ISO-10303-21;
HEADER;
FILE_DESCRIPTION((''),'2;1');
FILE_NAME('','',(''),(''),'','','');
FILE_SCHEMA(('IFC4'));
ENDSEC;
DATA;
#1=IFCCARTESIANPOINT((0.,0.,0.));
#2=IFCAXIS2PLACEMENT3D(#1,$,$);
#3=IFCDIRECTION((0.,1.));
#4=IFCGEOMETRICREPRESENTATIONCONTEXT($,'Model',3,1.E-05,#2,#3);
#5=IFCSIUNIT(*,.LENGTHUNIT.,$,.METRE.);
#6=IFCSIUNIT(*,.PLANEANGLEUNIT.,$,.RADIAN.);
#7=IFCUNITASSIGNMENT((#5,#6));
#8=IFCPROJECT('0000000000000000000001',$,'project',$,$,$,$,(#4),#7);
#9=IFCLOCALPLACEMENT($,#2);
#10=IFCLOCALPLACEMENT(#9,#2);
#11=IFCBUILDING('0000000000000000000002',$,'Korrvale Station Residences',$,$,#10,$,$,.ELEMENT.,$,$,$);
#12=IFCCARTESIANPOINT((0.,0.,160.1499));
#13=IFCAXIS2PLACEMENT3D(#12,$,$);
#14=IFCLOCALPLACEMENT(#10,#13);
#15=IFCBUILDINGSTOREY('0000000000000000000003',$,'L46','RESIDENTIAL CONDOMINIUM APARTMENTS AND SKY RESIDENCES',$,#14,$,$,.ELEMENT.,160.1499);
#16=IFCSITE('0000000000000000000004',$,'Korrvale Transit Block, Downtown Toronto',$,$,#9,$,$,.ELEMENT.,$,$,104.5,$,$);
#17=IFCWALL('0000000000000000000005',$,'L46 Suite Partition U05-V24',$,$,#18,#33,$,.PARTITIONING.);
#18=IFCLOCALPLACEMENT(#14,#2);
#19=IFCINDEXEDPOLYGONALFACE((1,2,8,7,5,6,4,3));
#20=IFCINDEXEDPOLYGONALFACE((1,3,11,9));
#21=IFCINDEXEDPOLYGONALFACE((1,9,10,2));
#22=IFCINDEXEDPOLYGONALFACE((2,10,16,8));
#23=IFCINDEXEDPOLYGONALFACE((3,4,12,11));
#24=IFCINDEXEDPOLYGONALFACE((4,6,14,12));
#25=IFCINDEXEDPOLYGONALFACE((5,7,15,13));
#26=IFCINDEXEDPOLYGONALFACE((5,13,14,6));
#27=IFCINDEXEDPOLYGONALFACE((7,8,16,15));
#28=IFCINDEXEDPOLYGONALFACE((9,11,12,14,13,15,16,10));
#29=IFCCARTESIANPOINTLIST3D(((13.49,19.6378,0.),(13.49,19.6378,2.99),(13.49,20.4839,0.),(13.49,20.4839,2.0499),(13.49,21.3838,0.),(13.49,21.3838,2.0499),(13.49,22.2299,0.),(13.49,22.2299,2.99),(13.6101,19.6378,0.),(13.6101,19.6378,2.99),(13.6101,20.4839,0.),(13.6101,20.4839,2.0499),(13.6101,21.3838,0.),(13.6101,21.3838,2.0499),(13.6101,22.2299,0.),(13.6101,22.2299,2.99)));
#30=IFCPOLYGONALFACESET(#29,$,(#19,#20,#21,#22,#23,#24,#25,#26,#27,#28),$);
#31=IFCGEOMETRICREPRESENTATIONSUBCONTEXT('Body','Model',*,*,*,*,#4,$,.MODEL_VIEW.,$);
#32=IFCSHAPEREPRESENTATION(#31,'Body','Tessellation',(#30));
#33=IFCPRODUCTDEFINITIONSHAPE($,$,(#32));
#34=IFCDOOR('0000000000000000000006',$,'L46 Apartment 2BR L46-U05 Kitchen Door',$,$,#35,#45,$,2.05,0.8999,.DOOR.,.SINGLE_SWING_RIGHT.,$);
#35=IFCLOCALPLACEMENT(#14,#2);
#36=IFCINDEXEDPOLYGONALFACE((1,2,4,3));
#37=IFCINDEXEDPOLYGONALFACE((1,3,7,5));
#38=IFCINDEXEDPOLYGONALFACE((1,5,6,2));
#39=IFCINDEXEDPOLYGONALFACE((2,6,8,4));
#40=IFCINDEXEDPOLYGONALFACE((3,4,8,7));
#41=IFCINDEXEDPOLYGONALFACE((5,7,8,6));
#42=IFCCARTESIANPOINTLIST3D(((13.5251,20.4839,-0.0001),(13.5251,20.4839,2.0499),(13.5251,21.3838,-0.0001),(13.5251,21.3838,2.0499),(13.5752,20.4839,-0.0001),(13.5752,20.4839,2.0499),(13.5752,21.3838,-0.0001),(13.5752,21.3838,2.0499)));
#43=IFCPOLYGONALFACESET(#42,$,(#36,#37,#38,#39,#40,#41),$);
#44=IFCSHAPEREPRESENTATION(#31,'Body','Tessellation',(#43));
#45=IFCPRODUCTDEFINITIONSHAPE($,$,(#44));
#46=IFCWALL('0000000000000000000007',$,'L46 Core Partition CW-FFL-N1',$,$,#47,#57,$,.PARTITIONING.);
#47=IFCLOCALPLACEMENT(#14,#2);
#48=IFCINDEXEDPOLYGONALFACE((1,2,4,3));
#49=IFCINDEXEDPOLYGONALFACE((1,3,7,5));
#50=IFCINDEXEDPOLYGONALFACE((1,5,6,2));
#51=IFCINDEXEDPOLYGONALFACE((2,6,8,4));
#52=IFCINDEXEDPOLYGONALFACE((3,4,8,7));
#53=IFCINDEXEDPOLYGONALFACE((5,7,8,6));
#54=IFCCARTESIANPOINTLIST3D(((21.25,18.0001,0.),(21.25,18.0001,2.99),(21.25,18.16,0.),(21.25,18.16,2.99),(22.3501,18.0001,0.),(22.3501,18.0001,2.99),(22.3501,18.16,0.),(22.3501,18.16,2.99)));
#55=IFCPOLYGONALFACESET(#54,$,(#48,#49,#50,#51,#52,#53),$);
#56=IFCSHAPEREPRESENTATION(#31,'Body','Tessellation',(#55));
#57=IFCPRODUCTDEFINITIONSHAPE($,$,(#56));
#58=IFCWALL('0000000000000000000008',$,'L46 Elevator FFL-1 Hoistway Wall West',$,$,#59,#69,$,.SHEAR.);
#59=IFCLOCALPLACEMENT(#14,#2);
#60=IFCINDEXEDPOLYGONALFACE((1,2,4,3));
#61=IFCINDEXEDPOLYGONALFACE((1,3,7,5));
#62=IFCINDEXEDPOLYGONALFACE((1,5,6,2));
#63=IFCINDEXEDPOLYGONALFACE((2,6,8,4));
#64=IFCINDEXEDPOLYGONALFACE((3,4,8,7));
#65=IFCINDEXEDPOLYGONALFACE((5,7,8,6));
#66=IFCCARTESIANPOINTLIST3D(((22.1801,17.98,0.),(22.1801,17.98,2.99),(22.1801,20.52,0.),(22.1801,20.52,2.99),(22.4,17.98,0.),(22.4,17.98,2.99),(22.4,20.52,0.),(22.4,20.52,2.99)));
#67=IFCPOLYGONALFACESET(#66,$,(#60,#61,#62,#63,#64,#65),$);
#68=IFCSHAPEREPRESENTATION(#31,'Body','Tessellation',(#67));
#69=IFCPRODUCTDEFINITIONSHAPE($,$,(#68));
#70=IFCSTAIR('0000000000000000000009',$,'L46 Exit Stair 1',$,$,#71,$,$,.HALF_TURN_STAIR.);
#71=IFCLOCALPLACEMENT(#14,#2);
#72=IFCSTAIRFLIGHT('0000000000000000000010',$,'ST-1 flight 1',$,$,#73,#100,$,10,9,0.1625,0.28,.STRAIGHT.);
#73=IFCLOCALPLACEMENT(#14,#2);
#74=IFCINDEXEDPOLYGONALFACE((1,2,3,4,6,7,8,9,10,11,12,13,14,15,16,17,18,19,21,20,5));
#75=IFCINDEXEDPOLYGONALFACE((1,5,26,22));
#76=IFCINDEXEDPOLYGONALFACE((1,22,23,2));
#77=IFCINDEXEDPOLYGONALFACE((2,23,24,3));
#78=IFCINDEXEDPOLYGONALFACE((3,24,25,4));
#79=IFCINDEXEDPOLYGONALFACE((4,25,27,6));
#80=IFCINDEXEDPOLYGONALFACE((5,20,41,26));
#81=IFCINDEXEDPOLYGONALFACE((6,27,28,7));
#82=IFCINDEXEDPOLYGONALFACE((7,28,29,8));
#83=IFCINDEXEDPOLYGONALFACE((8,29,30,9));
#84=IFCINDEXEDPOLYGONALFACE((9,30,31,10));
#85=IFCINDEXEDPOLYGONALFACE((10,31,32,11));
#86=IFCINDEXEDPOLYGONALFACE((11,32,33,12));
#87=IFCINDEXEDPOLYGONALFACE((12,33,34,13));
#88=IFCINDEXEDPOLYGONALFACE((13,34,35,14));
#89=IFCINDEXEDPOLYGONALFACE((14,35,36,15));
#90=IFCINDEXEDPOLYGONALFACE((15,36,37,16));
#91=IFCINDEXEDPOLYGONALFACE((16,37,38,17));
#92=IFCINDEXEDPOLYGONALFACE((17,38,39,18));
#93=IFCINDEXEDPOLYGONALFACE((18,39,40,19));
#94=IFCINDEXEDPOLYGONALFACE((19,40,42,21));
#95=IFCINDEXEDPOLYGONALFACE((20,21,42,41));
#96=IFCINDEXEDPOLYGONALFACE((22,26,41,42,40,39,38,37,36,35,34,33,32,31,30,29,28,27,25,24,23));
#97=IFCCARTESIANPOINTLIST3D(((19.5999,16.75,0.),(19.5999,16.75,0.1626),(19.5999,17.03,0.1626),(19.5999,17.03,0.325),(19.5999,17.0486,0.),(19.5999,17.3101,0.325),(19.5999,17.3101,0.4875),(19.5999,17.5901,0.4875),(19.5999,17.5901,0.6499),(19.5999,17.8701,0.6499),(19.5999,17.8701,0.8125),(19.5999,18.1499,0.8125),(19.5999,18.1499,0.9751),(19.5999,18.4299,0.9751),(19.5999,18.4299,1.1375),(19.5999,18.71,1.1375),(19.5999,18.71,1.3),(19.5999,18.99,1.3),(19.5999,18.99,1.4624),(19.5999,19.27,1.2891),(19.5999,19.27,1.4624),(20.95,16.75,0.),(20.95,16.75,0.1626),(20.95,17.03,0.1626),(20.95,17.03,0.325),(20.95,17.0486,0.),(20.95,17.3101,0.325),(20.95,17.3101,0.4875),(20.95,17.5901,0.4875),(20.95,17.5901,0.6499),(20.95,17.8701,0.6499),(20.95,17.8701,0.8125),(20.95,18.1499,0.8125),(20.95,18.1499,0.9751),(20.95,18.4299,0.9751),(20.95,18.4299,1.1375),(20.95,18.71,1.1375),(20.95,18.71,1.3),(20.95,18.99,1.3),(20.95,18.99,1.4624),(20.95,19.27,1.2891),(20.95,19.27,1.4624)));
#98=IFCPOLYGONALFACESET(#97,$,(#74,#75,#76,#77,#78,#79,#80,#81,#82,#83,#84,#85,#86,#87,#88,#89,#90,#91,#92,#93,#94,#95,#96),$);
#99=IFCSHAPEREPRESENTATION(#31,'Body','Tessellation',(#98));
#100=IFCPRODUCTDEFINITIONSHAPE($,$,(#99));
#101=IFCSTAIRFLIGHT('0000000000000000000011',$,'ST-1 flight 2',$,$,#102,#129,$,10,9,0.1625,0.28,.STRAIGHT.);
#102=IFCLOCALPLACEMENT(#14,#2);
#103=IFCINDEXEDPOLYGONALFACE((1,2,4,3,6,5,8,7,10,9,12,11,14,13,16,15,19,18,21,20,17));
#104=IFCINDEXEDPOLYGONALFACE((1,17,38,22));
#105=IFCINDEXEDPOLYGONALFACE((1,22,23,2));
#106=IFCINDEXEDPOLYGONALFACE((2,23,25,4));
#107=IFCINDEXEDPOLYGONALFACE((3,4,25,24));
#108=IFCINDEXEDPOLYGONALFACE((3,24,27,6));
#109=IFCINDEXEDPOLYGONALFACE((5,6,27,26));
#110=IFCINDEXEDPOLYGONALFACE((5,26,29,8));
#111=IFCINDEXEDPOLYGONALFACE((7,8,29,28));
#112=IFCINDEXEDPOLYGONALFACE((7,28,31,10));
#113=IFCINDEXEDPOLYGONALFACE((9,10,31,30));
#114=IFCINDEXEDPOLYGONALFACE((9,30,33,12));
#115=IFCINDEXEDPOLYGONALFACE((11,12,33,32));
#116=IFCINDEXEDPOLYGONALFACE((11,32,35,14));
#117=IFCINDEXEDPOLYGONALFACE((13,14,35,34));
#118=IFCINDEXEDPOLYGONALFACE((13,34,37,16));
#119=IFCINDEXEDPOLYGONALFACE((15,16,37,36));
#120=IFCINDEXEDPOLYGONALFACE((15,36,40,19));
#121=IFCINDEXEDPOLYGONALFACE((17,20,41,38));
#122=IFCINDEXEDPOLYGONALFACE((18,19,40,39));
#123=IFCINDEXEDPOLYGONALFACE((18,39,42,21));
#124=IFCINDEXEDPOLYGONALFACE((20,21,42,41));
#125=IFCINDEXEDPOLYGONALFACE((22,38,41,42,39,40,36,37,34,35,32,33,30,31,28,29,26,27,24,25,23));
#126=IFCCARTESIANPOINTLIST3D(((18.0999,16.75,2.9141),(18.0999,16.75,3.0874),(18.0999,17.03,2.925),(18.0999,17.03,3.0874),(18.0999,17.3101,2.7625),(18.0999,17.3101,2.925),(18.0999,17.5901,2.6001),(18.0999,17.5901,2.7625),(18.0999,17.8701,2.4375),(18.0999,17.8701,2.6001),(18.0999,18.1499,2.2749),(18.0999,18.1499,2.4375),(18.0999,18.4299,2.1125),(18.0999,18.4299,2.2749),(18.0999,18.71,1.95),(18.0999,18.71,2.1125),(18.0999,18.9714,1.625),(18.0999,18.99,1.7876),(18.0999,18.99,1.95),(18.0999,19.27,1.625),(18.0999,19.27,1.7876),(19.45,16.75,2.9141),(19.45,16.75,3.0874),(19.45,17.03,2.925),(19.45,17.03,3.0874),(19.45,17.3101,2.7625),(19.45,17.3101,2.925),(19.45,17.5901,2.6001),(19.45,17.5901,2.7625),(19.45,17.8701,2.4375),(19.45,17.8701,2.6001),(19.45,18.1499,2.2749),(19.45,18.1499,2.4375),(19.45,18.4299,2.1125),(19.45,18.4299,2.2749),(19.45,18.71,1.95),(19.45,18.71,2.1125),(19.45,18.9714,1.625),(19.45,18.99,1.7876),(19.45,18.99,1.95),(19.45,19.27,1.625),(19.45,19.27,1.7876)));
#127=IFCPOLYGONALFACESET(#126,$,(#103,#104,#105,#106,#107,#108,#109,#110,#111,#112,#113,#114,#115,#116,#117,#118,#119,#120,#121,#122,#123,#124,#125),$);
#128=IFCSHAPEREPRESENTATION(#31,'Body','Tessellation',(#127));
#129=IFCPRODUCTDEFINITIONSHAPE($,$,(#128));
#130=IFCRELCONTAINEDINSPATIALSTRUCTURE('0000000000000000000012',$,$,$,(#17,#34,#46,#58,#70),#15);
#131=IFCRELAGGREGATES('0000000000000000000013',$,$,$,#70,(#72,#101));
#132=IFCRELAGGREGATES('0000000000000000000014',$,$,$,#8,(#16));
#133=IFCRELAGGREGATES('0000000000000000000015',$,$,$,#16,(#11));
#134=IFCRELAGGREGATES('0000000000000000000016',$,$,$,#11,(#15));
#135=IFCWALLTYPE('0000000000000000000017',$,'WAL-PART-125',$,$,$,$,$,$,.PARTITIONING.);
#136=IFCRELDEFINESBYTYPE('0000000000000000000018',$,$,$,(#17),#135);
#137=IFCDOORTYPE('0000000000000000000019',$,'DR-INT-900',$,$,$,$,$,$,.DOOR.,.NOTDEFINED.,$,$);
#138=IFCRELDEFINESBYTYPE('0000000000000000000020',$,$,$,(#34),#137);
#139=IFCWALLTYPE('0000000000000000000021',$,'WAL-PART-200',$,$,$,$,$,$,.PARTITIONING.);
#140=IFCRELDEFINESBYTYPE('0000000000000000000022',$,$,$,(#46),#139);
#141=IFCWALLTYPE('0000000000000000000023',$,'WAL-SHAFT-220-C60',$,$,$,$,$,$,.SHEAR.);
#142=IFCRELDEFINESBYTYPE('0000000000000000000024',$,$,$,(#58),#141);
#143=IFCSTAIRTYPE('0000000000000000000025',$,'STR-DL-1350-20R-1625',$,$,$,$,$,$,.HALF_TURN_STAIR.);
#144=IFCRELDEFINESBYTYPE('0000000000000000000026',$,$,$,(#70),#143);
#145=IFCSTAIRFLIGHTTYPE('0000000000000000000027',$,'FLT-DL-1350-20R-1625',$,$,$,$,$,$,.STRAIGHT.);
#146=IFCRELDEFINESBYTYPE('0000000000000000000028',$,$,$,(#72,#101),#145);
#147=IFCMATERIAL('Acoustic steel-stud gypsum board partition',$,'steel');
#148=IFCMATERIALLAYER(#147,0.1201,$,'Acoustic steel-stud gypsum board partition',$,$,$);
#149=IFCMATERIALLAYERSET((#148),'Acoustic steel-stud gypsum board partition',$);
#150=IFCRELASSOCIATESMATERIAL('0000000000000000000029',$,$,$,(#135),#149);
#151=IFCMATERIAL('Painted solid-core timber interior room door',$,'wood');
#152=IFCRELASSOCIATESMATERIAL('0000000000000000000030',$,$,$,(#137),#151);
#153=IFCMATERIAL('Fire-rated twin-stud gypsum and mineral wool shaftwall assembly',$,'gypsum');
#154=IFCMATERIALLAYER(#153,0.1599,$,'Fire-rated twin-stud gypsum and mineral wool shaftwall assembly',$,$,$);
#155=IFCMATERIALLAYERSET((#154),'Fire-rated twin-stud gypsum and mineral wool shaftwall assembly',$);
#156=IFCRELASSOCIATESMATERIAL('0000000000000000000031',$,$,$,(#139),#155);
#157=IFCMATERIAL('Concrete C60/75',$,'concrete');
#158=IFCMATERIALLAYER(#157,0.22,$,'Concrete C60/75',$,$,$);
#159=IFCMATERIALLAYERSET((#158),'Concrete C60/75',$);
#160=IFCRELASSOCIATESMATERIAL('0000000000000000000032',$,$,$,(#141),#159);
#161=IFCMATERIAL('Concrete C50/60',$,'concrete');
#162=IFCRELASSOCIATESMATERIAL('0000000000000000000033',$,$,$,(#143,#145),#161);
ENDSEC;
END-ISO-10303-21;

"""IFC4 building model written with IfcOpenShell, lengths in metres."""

from ifc_helpers import new_model, si_unit, direction, frame, frame_2d, origin, place, context, subcontext, project, spatial, polyline, rectangle, outline, extrude, material, layer, layer_set, type_object, element, fill, aggregate, save


model = new_model("IFC4")

# Units and contexts
model_context = context("Model", 3, precision=1e-05, world=origin(), true_north=direction((0.0, 1.0)))
body_context = subcontext(model_context, "Body", "Model", "MODEL_VIEW")
ifc_project = project(units=[si_unit("LENGTHUNIT", "METRE"), si_unit("PLANEANGLEUNIT", "RADIAN")], contexts=[model_context])

# Site, building, storey
site_placement = place(None, origin())
site = spatial("IfcSite", under=ifc_project, at=site_placement, Name="Korrvale Transit Block, Downtown Toronto", CompositionType="ELEMENT", RefElevation=104.5)
building_placement = place(site_placement, origin())
building = spatial("IfcBuilding", under=site, at=building_placement, Name="Korrvale Station Residences", CompositionType="ELEMENT")
storey_placement = place(building_placement, frame((0.0, 0.0, 160.1499)))
storey = spatial("IfcBuildingStorey", under=building, at=storey_placement, Name="L46", Description="RESIDENTIAL CONDOMINIUM APARTMENTS AND SKY RESIDENCES", CompositionType="ELEMENT", Elevation=160.1499)

# Shared definitions
ifc_material_1 = material(Name="Concrete C60/75", Category="concrete")

# Shared definitions
ifc_material_2 = material(Name="Acoustic steel-stud gypsum board partition", Category="steel")
ifc_layer_1 = layer(ifc_material_2, 0.1201, Name="Acoustic steel-stud gypsum board partition")
ifc_layer_set_1 = layer_set([ifc_layer_1], Name="Acoustic steel-stud gypsum board partition")
wall_type_1 = type_object("IfcWallType", Name="WAL-PART-125", PredefinedType="PARTITIONING", material=ifc_layer_set_1)

# Wall, opening, door
ifc_material_3 = material(Name="Painted solid-core timber interior room door", Category="wood")
door_type_1 = type_object("IfcDoorType", Name="DR-INT-900", OperationType="NOTDEFINED", PredefinedType="DOOR", material=ifc_material_3)
wall_1_placement = place(storey_placement, frame((13.55, 19.6379, 0.0), z_axis=(0.0, 0.0, 1.0), x_axis=(0.0, 1.0, 0.0)))
wall_1 = element("IfcWall", 1, at=wall_1_placement, inside=storey, type_object=wall_type_1, Name="L46 Suite Partition U05-V24", PredefinedType="PARTITIONING", context=body_context, shape_type="SweptSolid", body=[
    extrude(rectangle(XDim=2.592, YDim=0.1201, at=frame_2d((1.2959, 0.0))), origin(), (0.0, 0.0, 1.0), 2.99),
])
opening_1_placement = place(wall_1_placement, frame((0.8459, 0.0, 0.0)))
opening_1 = element("IfcOpeningElement", 2, at=opening_1_placement, cuts=wall_1, PredefinedType="OPENING", context=body_context, shape_type="SweptSolid", body=[
    extrude(rectangle(XDim=0.8999, YDim=2.05, at=frame_2d((0.45, 1.0249))), frame((0.0, 0.0701, 0.0), z_axis=(0.0, -1.0, 0.0), x_axis=(1.0, 0.0, 0.0)), (0.0, 0.0, 1.0), 0.1401),
])
door_1_placement = place(opening_1_placement, origin())
door_1 = element("IfcDoor", 3, at=door_1_placement, inside=storey, type_object=door_type_1, Name="L46 Apartment 2BR L46-U05 Kitchen Door", OperationType="SINGLE_SWING_RIGHT", OverallHeight=2.05, OverallWidth=0.8999, PredefinedType="DOOR", context=body_context, shape_type="SweptSolid", body=[
    extrude(rectangle(XDim=0.8999, YDim=2.05, at=frame_2d((0.45, 1.0249))), frame((0.0, 0.0249, 0.0), z_axis=(0.0, -1.0, 0.0), x_axis=(1.0, 0.0, 0.0)), (0.0, 0.0, 1.0), 0.05),
])
fill(opening_1, door_1)

# Wall
ifc_material_4 = material(Name="Fire-rated twin-stud gypsum and mineral wool shaftwall assembly", Category="gypsum")
ifc_layer_2 = layer(ifc_material_4, 0.1599, Name="Fire-rated twin-stud gypsum and mineral wool shaftwall assembly")
ifc_layer_set_2 = layer_set([ifc_layer_2], Name="Fire-rated twin-stud gypsum and mineral wool shaftwall assembly")
wall_type_2 = type_object("IfcWallType", Name="WAL-PART-200", PredefinedType="PARTITIONING", material=ifc_layer_set_2)
wall_2_placement = place(storey_placement, frame((21.25, 18.0801, 0.0), z_axis=(0.0, 0.0, 1.0), x_axis=(1.0, 0.0, 0.0)))
element("IfcWall", 4, at=wall_2_placement, inside=storey, type_object=wall_type_2, Name="L46 Core Partition CW-FFL-N1", PredefinedType="PARTITIONING", context=body_context, shape_type="SweptSolid", body=[
    extrude(rectangle(XDim=1.1001, YDim=0.1599, at=frame_2d((0.55, 0.0))), origin(), (0.0, 0.0, 1.0), 2.99),
])

# Shared definitions
ifc_layer_3 = layer(ifc_material_1, 0.22, Name="Concrete C60/75")
ifc_layer_set_3 = layer_set([ifc_layer_3], Name="Concrete C60/75")
wall_type_3 = type_object("IfcWallType", Name="WAL-SHAFT-220-C60", PredefinedType="SHEAR", material=ifc_layer_set_3)

# Wall
wall_3_placement = place(storey_placement, frame((22.29, 17.98, 0.0), z_axis=(0.0, 0.0, 1.0), x_axis=(0.0, 1.0, 0.0)))
element("IfcWall", 5, at=wall_3_placement, inside=storey, type_object=wall_type_3, Name="L46 Elevator FFL-1 Hoistway Wall West", PredefinedType="SHEAR", context=body_context, shape_type="SweptSolid", body=[
    extrude(rectangle(XDim=2.54, YDim=0.22, at=frame_2d((1.27, 0.0))), origin(), (0.0, 0.0, 1.0), 2.99),
])

# Stair, stair flights
ifc_material_5 = material(Name="Concrete C50/60", Category="concrete")
stair_type = type_object("IfcStairType", Name="STR-DL-1350-20R-1625", PredefinedType="HALF_TURN_STAIR", material=ifc_material_5)
stair_placement = place(storey_placement, origin())
stair = element("IfcStair", 6, at=stair_placement, inside=storey, type_object=stair_type, Name="L46 Exit Stair 1", PredefinedType="HALF_TURN_STAIR")
stair_flight_type = type_object("IfcStairFlightType", Name="FLT-DL-1350-20R-1625", PredefinedType="STRAIGHT", material=ifc_material_5)
stair_flight_1_placement = place(storey_placement, frame((20.2749, 16.75, 0.0), z_axis=(0.0, 0.0, 1.0), x_axis=(0.0, 1.0, 0.0)))
stair_flight_1 = element("IfcStairFlight", 7, at=stair_flight_1_placement, type_object=stair_flight_type, Name="ST-1 flight 1", NumberOfRisers=10, NumberOfTreads=9, PredefinedType="STRAIGHT", RiserHeight=0.1625, TreadLength=0.28, context=body_context, shape_type="SweptSolid", body=[
    extrude(outline(polyline([(0.0, 0.0), (0.0, 0.1626), (0.28, 0.1626), (0.28, 0.325), (0.5601, 0.325), (0.5601, 0.4875), (0.8401, 0.4875), (0.8401, 0.6499), (1.1201, 0.6499), (1.1201, 0.8125), (1.3999, 0.8125), (1.3999, 0.9751), (1.6799, 0.9751), (1.6799, 1.1375), (1.96, 1.1375), (1.96, 1.3), (2.24, 1.3), (2.24, 1.4624), (2.52, 1.4624), (2.52, 1.625), (2.52, 1.2891), (0.2986, 0.0), (0.0, 0.0)])), frame((0.0, 0.675, 0.0), z_axis=(0.0, -1.0, 0.0), x_axis=(1.0, 0.0, 0.0)), (0.0, 0.0, 1.0), 1.3501),
])
stair_flight_2_placement = place(storey_placement, frame((18.7749, 19.27, 1.625), z_axis=(0.0, 0.0, 1.0), x_axis=(0.0, -1.0, 0.0)))
stair_flight_2 = element("IfcStairFlight", 8, at=stair_flight_2_placement, type_object=stair_flight_type, Name="ST-1 flight 2", NumberOfRisers=10, NumberOfTreads=9, PredefinedType="STRAIGHT", RiserHeight=0.1625, TreadLength=0.28, context=body_context, shape_type="SweptSolid", body=[
    extrude(outline(polyline([(0.0, 0.0), (0.0, 0.1626), (0.28, 0.1626), (0.28, 0.325), (0.5601, 0.325), (0.5601, 0.4875), (0.8401, 0.4875), (0.8401, 0.6499), (1.1201, 0.6499), (1.1201, 0.8125), (1.3999, 0.8125), (1.3999, 0.9751), (1.6799, 0.9751), (1.6799, 1.1375), (1.96, 1.1375), (1.96, 1.3), (2.24, 1.3), (2.24, 1.4624), (2.52, 1.4624), (2.52, 1.625), (2.52, 1.2891), (0.2986, 0.0), (0.0, 0.0)])), frame((0.0, 0.675, 0.0), z_axis=(0.0, -1.0, 0.0), x_axis=(1.0, 0.0, 0.0)), (0.0, 0.0, 1.0), 1.3501),
])
aggregate(stair, [stair_flight_1, stair_flight_2])

save(model, "model.ifc")
